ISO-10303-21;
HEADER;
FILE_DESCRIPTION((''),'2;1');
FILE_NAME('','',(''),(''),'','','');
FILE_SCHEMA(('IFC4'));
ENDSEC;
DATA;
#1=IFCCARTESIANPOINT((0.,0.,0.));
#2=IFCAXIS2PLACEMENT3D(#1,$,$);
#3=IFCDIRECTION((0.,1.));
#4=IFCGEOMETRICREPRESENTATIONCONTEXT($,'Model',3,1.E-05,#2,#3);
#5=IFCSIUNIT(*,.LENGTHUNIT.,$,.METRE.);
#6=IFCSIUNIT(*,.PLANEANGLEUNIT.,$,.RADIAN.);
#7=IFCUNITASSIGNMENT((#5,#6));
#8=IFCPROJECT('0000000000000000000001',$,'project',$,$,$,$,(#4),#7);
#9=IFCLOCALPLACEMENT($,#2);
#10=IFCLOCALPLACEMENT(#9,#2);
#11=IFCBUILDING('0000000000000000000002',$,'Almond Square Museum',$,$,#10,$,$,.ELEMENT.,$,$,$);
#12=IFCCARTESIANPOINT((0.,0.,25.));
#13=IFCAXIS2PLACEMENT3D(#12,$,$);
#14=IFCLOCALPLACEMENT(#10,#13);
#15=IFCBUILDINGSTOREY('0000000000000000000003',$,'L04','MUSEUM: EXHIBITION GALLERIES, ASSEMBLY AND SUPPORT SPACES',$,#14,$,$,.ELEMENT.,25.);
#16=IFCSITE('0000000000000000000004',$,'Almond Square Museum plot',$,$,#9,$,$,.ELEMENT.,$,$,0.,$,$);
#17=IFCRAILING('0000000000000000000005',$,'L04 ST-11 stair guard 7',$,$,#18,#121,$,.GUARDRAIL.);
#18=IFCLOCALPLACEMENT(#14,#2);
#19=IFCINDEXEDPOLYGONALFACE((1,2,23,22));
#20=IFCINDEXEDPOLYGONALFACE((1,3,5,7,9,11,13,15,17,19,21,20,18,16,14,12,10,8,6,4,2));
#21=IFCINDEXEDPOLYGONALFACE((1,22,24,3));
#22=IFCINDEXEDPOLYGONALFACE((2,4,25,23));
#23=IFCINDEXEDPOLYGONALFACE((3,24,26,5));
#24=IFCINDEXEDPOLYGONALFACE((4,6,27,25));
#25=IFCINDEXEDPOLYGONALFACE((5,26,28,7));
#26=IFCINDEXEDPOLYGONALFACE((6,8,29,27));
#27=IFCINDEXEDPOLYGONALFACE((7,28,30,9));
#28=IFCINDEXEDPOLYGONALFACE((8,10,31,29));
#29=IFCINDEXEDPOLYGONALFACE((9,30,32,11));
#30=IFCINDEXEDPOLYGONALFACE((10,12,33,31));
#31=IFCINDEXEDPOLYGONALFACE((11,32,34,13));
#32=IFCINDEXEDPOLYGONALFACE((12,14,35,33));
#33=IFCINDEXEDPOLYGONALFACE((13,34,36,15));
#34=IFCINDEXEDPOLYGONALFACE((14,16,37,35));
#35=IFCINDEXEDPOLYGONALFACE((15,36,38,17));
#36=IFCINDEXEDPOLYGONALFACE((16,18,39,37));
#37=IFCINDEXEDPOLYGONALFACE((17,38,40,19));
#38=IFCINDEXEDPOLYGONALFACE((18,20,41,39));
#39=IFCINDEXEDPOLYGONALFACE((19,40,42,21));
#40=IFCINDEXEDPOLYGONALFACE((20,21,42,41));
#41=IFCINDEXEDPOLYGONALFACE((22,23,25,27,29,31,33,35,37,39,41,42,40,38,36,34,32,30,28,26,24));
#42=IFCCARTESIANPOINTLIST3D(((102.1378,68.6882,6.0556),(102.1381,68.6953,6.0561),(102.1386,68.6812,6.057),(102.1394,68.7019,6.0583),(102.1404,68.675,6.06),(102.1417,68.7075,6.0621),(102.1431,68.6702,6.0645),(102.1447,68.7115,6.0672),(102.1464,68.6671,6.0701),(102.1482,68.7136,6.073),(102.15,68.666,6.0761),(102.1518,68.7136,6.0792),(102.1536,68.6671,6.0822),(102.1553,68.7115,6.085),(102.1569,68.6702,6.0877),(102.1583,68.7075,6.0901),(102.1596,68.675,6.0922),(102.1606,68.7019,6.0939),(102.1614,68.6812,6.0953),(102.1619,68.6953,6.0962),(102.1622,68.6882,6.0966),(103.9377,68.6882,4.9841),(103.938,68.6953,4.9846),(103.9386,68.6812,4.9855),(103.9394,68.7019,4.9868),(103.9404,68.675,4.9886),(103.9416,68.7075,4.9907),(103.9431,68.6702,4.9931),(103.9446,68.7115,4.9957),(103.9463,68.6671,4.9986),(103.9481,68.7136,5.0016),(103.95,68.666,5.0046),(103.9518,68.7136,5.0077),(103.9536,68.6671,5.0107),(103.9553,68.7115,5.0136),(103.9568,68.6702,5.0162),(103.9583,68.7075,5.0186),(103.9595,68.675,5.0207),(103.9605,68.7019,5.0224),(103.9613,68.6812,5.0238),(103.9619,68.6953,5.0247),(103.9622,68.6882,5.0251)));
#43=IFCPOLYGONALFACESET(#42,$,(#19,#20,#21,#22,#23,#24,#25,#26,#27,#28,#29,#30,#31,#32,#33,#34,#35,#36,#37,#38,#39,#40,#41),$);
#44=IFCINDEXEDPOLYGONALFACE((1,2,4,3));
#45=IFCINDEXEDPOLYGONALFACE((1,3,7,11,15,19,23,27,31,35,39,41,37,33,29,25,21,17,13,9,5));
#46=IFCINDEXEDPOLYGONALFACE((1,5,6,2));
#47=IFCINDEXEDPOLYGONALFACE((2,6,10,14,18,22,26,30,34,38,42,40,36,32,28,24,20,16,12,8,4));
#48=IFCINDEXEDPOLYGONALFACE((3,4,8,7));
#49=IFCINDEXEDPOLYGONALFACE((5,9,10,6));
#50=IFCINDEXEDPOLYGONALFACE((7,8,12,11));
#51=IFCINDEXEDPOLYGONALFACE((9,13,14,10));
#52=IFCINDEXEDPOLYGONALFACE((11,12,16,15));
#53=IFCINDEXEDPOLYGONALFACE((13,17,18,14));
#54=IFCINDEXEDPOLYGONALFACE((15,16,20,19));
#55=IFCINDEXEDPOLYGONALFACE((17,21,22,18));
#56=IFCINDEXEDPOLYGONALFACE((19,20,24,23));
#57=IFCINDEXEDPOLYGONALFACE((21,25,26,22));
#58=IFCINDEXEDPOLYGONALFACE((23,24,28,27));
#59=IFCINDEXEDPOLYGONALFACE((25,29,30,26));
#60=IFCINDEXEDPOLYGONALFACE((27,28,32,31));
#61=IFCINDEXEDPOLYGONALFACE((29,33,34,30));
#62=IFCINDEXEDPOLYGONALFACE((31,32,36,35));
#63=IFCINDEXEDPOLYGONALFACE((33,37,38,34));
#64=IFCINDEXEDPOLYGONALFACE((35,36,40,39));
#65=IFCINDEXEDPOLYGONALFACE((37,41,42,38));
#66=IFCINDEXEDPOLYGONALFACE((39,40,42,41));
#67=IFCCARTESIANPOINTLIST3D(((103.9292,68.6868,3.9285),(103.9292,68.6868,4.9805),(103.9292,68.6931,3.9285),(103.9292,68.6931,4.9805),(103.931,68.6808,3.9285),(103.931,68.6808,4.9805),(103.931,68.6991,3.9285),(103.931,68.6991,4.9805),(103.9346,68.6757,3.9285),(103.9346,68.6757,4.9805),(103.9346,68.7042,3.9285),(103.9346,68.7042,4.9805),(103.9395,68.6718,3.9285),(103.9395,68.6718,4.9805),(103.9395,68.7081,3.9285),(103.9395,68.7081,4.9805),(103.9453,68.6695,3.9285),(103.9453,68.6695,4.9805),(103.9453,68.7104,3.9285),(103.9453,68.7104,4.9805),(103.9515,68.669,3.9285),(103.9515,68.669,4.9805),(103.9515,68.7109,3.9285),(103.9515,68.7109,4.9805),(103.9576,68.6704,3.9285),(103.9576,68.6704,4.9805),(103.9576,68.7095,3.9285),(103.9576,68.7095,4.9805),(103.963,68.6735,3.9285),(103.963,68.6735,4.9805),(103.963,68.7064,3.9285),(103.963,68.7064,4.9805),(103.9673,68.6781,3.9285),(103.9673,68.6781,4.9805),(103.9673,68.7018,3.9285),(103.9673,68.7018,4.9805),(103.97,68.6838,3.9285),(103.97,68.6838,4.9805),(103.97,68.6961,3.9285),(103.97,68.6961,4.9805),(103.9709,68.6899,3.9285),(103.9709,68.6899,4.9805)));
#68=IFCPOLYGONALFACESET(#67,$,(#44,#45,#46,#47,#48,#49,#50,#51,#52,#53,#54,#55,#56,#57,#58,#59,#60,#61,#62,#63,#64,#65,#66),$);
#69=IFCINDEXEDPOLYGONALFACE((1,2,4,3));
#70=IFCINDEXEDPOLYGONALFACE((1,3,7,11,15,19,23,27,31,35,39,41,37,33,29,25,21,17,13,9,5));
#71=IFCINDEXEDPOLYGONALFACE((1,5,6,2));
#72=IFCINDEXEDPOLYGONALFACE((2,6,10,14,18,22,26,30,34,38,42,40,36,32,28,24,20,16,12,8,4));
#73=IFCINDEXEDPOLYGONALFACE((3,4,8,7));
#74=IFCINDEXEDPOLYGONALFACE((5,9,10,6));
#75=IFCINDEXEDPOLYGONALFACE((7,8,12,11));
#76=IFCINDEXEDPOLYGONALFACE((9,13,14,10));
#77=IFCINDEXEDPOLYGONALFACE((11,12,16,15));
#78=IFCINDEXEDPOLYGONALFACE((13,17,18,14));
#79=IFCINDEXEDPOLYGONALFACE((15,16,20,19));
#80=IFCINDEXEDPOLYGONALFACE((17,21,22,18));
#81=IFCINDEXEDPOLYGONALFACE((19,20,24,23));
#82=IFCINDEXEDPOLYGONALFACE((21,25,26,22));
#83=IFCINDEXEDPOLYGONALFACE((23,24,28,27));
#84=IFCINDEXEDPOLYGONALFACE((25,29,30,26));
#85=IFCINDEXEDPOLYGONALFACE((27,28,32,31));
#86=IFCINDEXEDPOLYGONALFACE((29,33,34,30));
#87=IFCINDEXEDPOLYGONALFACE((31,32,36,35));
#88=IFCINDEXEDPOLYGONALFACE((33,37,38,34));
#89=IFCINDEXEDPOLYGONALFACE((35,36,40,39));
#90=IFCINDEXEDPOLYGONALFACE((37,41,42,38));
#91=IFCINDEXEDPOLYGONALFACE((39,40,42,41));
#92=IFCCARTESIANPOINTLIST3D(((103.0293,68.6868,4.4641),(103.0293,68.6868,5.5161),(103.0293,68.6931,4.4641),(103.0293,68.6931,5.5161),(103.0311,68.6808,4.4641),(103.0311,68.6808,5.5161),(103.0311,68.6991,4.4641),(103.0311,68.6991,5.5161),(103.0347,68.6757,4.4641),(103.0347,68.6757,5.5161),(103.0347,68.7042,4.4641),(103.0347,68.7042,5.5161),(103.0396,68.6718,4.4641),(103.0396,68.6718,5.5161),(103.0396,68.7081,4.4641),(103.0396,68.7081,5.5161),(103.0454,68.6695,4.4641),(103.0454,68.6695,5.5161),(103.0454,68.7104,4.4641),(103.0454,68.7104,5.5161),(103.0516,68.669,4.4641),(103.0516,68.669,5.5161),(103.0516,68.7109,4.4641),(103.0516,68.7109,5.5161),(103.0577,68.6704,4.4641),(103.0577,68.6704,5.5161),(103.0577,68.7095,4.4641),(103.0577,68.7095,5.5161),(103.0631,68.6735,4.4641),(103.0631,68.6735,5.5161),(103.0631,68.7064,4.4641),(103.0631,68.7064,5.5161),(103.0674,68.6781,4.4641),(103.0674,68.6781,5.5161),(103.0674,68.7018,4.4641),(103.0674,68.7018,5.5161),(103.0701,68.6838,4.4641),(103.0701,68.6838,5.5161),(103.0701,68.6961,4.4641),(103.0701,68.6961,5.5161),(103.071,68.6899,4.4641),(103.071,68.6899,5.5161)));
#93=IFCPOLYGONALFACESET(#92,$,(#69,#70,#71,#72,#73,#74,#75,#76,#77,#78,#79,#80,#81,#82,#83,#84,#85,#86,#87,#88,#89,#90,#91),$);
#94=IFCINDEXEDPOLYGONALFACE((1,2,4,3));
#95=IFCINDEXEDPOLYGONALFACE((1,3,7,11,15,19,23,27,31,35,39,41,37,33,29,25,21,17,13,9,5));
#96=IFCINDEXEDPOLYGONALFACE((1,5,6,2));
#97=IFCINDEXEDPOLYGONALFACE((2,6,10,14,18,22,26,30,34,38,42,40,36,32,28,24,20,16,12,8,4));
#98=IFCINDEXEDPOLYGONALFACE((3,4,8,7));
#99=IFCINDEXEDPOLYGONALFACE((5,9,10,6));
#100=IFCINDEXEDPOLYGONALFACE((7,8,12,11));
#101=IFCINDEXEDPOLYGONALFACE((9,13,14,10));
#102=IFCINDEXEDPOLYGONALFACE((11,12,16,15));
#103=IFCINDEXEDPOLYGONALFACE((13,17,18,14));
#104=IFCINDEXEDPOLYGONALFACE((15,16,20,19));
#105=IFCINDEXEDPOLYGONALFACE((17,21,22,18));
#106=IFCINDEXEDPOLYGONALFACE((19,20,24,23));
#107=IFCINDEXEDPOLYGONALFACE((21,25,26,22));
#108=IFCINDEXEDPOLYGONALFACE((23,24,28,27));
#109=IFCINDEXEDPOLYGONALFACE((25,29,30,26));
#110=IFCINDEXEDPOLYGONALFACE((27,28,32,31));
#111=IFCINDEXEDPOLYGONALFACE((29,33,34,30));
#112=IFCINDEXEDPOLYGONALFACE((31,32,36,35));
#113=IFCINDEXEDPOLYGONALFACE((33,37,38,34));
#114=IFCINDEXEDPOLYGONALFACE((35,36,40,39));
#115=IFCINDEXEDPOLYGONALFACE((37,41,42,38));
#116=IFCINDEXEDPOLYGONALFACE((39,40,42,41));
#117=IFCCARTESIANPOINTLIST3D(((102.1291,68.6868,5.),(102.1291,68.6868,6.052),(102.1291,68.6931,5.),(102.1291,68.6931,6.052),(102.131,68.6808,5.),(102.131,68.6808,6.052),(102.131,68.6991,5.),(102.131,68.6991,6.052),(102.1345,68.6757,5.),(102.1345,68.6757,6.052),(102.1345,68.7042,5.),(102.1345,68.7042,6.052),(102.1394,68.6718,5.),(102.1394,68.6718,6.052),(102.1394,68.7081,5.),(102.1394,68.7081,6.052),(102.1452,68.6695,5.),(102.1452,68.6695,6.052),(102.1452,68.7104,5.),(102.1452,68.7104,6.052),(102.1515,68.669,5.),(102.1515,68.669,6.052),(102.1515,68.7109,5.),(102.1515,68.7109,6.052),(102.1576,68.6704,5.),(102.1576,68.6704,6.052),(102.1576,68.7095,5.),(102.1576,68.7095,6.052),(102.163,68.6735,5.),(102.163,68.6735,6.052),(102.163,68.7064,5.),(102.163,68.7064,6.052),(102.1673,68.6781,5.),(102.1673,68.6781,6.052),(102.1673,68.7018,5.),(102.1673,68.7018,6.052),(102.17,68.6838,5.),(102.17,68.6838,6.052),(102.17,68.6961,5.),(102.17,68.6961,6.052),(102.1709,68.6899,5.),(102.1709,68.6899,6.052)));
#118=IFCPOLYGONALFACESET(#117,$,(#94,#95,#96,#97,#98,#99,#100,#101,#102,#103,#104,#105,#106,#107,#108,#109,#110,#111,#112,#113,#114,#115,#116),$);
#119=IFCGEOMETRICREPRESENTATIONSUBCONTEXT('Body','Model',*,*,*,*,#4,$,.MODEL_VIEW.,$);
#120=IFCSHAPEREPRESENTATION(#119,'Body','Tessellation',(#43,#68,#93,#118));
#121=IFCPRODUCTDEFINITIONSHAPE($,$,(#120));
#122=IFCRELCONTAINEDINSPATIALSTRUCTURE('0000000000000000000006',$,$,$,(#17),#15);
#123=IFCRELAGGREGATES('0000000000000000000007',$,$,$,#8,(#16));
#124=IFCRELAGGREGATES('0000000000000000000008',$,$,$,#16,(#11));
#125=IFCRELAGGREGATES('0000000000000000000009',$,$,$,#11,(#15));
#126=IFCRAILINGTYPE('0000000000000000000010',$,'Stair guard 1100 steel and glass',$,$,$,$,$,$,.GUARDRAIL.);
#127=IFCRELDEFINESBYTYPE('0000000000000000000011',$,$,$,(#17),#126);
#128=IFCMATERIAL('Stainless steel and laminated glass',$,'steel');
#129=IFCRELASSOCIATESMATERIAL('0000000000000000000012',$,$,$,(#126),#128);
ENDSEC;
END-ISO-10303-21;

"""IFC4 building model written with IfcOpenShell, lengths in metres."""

from ifc_helpers import new_model, si_unit, direction, frame, origin, origin_2d, place, context, subcontext, project, spatial, circle, extrude, material, type_object, element, save


model = new_model("IFC4")

# Units and contexts
model_context = context("Model", 3, precision=1e-05, world=origin(), true_north=direction((0.0, 1.0)))
body_context = subcontext(model_context, "Body", "Model", "MODEL_VIEW")
ifc_project = project(units=[si_unit("LENGTHUNIT", "METRE"), si_unit("PLANEANGLEUNIT", "RADIAN")], contexts=[model_context])

# Site, building, storey
site_placement = place(None, origin())
site = spatial("IfcSite", under=ifc_project, at=site_placement, Name="Almond Square Museum plot", CompositionType="ELEMENT", RefElevation=0.0)
building_placement = place(site_placement, origin())
building = spatial("IfcBuilding", under=site, at=building_placement, Name="Almond Square Museum", CompositionType="ELEMENT")
storey_placement = place(building_placement, frame((0.0, 0.0, 25.0)))
storey = spatial("IfcBuildingStorey", under=building, at=storey_placement, Name="L04", Description="MUSEUM: EXHIBITION GALLERIES, ASSEMBLY AND SUPPORT SPACES", CompositionType="ELEMENT", Elevation=25.0)

# Railing
ifc_material_1 = material(Name="Stainless steel and laminated glass", Category="steel")
railing_type_1 = type_object("IfcRailingType", Name="Stair guard 1100 steel and glass", PredefinedType="GUARDRAIL", material=ifc_material_1)
railing_1_placement = place(storey_placement, frame((103.95, 68.6899, 3.9285)))
element("IfcRailing", 1, at=railing_1_placement, inside=storey, type_object=railing_type_1, Name="L04 ST-11 stair guard 7", PredefinedType="GUARDRAIL", context=body_context, shape_type="SweptSolid", body=[
    extrude(circle(Radius=0.0239, at=origin_2d()), frame((0.0, 0.0, 1.0762), z_axis=(-0.859277, 0.0, 0.51151), x_axis=(0.0, -1.0, 0.0)), (0.0, 0.0, 1.0), 2.0947),
    extrude(circle(Radius=0.021, at=origin_2d()), origin(), (0.0, 0.0, 1.0), 1.052),
    extrude(circle(Radius=0.021, at=origin_2d()), frame((-0.8999, 0.0, 0.5356)), (0.0, 0.0, 1.0), 1.052),
    extrude(circle(Radius=0.021, at=origin_2d()), frame((-1.8, 0.0, 1.0715)), (0.0, 0.0, 1.0), 1.052),
])

save(model, "model.ifc")
